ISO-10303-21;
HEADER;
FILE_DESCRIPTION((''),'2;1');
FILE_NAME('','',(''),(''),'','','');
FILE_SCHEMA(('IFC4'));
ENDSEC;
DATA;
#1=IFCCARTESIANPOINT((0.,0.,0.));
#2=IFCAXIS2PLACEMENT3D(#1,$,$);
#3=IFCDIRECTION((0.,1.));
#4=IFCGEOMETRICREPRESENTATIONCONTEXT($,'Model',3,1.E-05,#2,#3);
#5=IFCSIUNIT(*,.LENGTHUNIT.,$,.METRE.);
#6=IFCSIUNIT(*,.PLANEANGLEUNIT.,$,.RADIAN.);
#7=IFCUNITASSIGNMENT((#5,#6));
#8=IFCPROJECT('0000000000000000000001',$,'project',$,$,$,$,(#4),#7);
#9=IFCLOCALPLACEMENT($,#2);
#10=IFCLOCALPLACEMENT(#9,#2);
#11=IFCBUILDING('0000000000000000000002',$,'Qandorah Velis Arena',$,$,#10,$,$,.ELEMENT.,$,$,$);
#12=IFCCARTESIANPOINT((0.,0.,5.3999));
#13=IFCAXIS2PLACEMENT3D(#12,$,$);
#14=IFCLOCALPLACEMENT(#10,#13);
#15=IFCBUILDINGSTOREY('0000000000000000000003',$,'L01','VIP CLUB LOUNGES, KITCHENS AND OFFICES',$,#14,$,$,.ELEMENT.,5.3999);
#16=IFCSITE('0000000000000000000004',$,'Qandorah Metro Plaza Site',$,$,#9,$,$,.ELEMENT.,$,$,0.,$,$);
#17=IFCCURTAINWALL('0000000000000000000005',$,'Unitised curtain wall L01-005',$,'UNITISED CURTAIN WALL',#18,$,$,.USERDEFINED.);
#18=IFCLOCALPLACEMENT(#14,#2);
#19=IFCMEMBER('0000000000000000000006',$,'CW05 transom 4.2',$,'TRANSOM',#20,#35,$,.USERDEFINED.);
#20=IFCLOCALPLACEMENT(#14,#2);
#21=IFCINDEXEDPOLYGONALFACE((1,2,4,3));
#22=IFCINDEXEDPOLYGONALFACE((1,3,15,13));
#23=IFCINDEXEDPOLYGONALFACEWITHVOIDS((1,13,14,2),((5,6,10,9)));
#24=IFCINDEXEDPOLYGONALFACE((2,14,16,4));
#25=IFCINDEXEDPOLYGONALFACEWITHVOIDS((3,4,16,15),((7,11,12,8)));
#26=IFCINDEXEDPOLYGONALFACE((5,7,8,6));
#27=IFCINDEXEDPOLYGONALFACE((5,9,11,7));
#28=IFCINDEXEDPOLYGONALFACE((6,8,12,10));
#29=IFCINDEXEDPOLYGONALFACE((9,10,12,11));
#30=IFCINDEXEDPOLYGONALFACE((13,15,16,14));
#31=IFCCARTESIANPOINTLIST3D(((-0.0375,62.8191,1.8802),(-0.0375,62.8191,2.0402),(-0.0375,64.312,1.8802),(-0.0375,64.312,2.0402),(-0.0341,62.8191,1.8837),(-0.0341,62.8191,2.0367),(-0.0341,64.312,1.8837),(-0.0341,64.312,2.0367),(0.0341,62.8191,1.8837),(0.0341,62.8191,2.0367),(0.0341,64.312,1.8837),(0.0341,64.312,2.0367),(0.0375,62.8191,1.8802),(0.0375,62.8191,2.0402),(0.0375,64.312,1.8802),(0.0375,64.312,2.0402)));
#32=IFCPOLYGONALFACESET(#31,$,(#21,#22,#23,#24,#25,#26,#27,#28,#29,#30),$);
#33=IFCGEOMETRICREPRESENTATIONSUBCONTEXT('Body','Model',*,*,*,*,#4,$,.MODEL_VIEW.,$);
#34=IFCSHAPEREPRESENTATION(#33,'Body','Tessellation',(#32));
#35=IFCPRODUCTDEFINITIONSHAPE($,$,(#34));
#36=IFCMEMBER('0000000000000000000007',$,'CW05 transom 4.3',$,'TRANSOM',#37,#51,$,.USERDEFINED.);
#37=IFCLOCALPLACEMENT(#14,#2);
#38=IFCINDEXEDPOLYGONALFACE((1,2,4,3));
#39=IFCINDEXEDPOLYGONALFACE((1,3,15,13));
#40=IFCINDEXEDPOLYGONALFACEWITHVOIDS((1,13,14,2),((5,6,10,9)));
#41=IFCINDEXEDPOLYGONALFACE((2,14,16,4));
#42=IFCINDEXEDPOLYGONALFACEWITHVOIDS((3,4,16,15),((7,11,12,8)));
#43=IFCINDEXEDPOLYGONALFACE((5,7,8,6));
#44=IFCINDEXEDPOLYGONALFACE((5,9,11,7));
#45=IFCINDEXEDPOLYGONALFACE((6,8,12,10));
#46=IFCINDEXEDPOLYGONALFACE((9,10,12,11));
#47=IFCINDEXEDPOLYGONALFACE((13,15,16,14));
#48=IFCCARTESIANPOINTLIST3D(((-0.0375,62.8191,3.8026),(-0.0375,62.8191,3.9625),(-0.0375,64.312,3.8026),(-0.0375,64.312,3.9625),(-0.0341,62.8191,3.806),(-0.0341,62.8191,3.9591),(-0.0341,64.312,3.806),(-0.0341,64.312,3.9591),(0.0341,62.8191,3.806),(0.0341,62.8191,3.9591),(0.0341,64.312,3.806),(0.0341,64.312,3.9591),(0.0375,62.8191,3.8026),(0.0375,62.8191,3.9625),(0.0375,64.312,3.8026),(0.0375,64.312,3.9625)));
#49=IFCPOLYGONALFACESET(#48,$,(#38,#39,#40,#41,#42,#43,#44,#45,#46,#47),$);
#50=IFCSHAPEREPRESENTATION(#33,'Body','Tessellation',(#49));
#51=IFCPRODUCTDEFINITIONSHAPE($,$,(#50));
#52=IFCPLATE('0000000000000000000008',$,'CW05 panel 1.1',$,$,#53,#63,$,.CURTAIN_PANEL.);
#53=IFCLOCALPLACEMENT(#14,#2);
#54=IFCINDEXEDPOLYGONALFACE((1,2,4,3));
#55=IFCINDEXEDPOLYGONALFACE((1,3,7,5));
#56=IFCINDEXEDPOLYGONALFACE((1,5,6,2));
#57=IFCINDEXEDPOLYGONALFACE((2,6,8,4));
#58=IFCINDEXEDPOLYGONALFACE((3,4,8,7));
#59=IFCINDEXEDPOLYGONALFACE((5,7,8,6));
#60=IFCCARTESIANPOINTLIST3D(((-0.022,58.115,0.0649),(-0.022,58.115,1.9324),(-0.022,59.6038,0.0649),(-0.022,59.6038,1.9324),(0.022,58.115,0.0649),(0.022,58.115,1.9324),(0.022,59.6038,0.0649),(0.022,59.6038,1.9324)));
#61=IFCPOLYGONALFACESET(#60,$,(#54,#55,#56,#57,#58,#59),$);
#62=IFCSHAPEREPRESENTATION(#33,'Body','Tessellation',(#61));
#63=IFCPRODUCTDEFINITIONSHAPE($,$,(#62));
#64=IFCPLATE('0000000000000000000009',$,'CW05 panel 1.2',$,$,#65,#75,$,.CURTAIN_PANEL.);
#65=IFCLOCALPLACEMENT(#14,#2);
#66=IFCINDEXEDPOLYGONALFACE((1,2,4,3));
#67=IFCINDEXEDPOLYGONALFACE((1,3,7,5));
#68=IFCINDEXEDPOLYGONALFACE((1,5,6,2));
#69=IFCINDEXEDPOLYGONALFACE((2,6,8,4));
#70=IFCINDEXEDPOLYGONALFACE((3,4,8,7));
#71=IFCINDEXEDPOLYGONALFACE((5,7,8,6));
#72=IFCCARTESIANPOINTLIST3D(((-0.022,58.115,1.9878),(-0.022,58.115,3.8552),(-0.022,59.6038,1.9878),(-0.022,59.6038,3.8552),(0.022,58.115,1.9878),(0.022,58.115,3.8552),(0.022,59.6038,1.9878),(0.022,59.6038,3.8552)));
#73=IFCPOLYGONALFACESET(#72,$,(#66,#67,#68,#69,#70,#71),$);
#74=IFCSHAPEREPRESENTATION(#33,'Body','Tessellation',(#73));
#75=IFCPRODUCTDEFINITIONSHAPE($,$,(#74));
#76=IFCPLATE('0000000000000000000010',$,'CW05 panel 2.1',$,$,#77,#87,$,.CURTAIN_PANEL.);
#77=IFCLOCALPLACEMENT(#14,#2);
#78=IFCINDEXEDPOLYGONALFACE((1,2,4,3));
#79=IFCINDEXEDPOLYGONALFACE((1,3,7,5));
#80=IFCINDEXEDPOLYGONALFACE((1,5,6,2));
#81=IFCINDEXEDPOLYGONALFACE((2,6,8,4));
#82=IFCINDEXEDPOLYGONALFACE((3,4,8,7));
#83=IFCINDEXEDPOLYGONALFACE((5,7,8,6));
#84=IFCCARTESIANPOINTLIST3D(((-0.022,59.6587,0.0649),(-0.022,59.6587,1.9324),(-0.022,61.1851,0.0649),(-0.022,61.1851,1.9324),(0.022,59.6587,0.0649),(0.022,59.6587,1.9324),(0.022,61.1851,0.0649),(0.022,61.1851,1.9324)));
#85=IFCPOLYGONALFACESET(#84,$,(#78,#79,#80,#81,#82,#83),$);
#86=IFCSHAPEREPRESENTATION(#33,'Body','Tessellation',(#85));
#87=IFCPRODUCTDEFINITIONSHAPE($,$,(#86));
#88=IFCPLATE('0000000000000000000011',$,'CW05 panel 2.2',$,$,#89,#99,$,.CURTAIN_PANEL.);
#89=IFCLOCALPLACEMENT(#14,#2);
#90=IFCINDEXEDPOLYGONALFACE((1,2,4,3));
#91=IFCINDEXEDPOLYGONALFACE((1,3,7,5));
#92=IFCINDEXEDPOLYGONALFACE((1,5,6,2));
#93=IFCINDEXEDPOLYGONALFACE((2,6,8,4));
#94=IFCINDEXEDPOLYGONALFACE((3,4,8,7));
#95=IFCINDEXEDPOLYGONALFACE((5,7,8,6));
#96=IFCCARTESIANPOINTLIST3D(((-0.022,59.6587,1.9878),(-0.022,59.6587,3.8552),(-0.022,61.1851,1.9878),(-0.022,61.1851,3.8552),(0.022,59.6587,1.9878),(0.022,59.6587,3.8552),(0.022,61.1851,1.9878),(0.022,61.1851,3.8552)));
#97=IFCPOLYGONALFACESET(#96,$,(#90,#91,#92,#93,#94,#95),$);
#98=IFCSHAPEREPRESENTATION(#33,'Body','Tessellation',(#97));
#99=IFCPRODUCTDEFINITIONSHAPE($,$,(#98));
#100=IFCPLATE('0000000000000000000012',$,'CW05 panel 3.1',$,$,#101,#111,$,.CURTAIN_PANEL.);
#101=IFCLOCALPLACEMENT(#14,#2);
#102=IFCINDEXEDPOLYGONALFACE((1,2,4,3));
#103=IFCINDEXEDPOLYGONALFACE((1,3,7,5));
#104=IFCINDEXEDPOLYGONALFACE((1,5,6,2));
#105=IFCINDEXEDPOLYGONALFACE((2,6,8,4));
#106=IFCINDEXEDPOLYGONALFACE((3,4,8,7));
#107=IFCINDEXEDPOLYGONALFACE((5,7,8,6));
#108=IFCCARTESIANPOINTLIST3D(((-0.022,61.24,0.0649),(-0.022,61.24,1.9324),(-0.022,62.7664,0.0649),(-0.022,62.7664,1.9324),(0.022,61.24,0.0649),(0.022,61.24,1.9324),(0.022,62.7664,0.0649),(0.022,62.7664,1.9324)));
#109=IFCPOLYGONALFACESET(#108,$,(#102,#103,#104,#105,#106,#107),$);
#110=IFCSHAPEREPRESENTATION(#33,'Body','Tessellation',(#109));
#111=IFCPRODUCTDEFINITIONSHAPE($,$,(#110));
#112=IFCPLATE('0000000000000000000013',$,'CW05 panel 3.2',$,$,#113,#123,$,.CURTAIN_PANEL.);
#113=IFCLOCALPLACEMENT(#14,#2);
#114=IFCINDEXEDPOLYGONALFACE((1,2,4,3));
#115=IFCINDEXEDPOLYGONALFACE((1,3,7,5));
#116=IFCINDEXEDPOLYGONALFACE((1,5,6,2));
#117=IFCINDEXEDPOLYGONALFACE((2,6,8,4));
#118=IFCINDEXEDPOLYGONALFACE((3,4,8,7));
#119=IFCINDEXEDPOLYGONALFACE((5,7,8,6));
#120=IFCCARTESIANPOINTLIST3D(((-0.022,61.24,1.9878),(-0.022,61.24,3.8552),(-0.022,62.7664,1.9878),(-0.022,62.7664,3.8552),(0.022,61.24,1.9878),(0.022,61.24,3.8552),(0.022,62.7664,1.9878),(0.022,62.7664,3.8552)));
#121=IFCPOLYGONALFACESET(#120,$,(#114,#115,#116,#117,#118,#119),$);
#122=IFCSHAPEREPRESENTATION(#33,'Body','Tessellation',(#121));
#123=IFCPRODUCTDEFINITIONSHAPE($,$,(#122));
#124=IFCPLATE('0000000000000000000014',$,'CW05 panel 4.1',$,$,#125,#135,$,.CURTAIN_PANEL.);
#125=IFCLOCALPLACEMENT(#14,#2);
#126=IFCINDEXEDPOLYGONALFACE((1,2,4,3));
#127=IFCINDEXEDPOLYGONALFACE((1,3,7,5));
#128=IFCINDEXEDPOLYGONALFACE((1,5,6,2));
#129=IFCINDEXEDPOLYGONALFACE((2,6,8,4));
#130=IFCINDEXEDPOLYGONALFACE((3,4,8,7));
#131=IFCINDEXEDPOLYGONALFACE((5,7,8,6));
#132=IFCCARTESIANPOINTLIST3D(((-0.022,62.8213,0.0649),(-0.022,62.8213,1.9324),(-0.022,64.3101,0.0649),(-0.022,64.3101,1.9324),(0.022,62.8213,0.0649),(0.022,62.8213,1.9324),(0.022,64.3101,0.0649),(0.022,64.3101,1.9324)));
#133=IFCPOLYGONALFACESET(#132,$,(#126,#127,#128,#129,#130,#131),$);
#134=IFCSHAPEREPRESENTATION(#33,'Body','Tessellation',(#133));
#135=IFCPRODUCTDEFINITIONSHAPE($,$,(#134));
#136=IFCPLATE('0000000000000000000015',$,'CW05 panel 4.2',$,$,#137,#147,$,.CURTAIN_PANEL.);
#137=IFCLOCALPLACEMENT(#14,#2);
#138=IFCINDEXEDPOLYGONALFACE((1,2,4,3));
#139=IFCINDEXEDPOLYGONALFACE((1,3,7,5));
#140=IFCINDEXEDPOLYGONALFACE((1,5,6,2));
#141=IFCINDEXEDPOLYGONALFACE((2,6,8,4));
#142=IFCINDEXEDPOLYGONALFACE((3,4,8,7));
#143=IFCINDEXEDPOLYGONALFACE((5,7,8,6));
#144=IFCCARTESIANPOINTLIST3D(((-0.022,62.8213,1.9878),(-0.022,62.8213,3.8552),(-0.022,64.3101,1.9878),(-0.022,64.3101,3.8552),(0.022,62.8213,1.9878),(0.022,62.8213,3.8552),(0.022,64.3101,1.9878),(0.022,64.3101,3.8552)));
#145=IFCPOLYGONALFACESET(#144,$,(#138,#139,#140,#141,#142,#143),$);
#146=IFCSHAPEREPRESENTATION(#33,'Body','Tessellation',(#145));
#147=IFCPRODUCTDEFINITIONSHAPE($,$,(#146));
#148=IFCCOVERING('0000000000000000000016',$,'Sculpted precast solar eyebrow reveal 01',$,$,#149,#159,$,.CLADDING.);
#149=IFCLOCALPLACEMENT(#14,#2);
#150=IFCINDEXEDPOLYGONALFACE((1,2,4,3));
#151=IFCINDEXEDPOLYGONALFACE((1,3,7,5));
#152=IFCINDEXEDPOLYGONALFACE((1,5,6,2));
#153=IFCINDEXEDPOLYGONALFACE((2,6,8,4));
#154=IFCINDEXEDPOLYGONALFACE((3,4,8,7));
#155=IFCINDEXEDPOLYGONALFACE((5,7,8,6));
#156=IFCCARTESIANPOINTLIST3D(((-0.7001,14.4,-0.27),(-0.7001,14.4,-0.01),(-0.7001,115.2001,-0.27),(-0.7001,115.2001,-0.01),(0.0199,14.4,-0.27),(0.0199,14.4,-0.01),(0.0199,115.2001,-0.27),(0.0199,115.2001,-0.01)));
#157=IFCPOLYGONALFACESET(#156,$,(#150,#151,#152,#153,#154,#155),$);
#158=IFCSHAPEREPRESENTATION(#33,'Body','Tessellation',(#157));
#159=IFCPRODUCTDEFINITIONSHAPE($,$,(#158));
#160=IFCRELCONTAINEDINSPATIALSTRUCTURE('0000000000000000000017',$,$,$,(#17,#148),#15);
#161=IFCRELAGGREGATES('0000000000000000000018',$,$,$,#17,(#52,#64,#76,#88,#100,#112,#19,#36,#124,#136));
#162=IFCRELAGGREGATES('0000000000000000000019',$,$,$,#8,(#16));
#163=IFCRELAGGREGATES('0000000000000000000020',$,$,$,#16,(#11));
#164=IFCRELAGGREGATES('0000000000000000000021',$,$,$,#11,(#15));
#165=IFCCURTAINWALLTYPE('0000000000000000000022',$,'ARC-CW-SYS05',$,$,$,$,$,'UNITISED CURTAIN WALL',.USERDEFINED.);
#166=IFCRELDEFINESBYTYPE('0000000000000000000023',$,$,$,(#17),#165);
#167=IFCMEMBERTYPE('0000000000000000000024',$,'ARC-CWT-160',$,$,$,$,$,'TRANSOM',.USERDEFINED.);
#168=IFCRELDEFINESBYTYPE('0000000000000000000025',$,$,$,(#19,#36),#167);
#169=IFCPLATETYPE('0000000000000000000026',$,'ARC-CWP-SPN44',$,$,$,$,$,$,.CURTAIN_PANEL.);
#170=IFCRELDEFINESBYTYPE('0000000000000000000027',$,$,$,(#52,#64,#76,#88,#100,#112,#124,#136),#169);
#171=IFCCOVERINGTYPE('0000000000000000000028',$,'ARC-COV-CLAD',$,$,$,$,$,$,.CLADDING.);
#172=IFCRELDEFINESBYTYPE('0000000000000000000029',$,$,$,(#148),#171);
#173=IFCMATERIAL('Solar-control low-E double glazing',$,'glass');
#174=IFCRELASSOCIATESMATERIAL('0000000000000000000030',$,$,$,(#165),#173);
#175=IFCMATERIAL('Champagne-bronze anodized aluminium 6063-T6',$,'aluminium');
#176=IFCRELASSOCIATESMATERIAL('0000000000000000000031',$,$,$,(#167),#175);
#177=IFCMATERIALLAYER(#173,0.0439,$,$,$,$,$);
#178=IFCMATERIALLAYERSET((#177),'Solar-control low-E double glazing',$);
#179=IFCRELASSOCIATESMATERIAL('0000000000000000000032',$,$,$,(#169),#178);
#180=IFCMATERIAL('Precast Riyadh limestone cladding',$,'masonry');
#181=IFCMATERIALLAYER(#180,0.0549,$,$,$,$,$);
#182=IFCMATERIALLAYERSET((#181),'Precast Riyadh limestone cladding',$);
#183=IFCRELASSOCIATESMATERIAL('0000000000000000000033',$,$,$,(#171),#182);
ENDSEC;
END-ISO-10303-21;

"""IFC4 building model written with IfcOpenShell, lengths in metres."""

from ifc_helpers import new_model, si_unit, direction, frame, origin, origin_2d, place, context, subcontext, project, spatial, rectangle, hollow_rectangle, extrude, material, layer, layer_set, material_profile, profile_set, type_object, element, aggregate, save


model = new_model("IFC4")

# Units and contexts
model_context = context("Model", 3, precision=1e-05, world=origin(), true_north=direction((0.0, 1.0)))
body_context = subcontext(model_context, "Body", "Model", "MODEL_VIEW")
ifc_project = project(units=[si_unit("LENGTHUNIT", "METRE"), si_unit("PLANEANGLEUNIT", "RADIAN")], contexts=[model_context])

# Site, building, storey
site_placement = place(None, origin())
site = spatial("IfcSite", under=ifc_project, at=site_placement, Name="Qandorah Metro Plaza Site", CompositionType="ELEMENT", RefElevation=0.0)
building_placement = place(site_placement, origin())
building = spatial("IfcBuilding", under=site, at=building_placement, Name="Qandorah Velis Arena", CompositionType="ELEMENT")
storey_placement = place(building_placement, frame((0.0, 0.0, 5.3999)))
storey = spatial("IfcBuildingStorey", under=building, at=storey_placement, Name="L01", Description="VIP CLUB LOUNGES, KITCHENS AND OFFICES", CompositionType="ELEMENT", Elevation=5.3999)

# Curtain wall, members, plates
ifc_material_1 = material(Name="Solar-control low-E double glazing", Category="glass")
curtain_wall_type = type_object("IfcCurtainWallType", Name="ARC-CW-SYS05", ElementType="UNITISED CURTAIN WALL", PredefinedType="USERDEFINED", material=ifc_material_1)
curtain_wall_placement = place(storey_placement, origin())
curtain_wall = element("IfcCurtainWall", 1, at=curtain_wall_placement, inside=storey, type_object=curtain_wall_type, Name="Unitised curtain wall L01-005", ObjectType="UNITISED CURTAIN WALL", PredefinedType="USERDEFINED")
ifc_material_2 = material(Name="Champagne-bronze anodized aluminium 6063-T6", Category="aluminium")
ifc_material_profile_1 = material_profile(ifc_material_2, hollow_rectangle(XDim=0.075, YDim=0.1599, WallThickness=0.0034, at=origin_2d()), Name="ALU TRANSOM 75x160")
ifc_profile_set_1 = profile_set([ifc_material_profile_1], Name="Champagne-bronze anodized aluminium 6063-T6")
member_type_1 = type_object("IfcMemberType", Name="ARC-CWT-160", ElementType="TRANSOM", PredefinedType="USERDEFINED", material=ifc_profile_set_1)
member_1_placement = place(storey_placement, frame((0.0, 62.8191, 1.9602), z_axis=(0.0, 1.0, 0.0), x_axis=(-1.0, 0.0, 0.0)))
member_1 = element("IfcMember", 2, at=member_1_placement, type_object=member_type_1, Name="CW05 transom 4.2", ObjectType="TRANSOM", PredefinedType="USERDEFINED", context=body_context, shape_type="SweptSolid", body=[
    extrude(hollow_rectangle(XDim=0.075, YDim=0.1599, WallThickness=0.0034, at=origin_2d()), origin(), (0.0, 0.0, 1.0), 1.4929),
])
member_2_placement = place(storey_placement, frame((0.0, 62.8191, 3.8826), z_axis=(0.0, 1.0, 0.0), x_axis=(-1.0, 0.0, 0.0)))
member_2 = element("IfcMember", 3, at=member_2_placement, type_object=member_type_1, Name="CW05 transom 4.3", ObjectType="TRANSOM", PredefinedType="USERDEFINED", context=body_context, shape_type="SweptSolid", body=[
    extrude(hollow_rectangle(XDim=0.075, YDim=0.1599, WallThickness=0.0034, at=origin_2d()), origin(), (0.0, 0.0, 1.0), 1.4929),
])
ifc_layer_1 = layer(ifc_material_1, 0.0439)
ifc_layer_set_1 = layer_set([ifc_layer_1], Name="Solar-control low-E double glazing")
plate_type = type_object("IfcPlateType", Name="ARC-CWP-SPN44", PredefinedType="CURTAIN_PANEL", material=ifc_layer_set_1)
plate_1_placement = place(storey_placement, frame((0.0, 58.8594, 0.0649), z_axis=(0.0, 0.0, 1.0), x_axis=(0.0, 1.0, 0.0)))
plate_1 = element("IfcPlate", 4, at=plate_1_placement, type_object=plate_type, Name="CW05 panel 1.1", PredefinedType="CURTAIN_PANEL", context=body_context, shape_type="SweptSolid", body=[
    extrude(rectangle(XDim=1.4888, YDim=0.0439, at=origin_2d()), origin(), (0.0, 0.0, 1.0), 1.8674),
])
plate_2_placement = place(storey_placement, frame((0.0, 58.8594, 1.9878), z_axis=(0.0, 0.0, 1.0), x_axis=(0.0, 1.0, 0.0)))
plate_2 = element("IfcPlate", 5, at=plate_2_placement, type_object=plate_type, Name="CW05 panel 1.2", PredefinedType="CURTAIN_PANEL", context=body_context, shape_type="SweptSolid", body=[
    extrude(rectangle(XDim=1.4888, YDim=0.0439, at=origin_2d()), origin(), (0.0, 0.0, 1.0), 1.8674),
])
plate_3_placement = place(storey_placement, frame((0.0, 60.4219, 0.0649), z_axis=(0.0, 0.0, 1.0), x_axis=(0.0, 1.0, 0.0)))
plate_3 = element("IfcPlate", 6, at=plate_3_placement, type_object=plate_type, Name="CW05 panel 2.1", PredefinedType="CURTAIN_PANEL", context=body_context, shape_type="SweptSolid", body=[
    extrude(rectangle(XDim=1.5264, YDim=0.0439, at=origin_2d()), origin(), (0.0, 0.0, 1.0), 1.8674),
])
plate_4_placement = place(storey_placement, frame((0.0, 60.4219, 1.9878), z_axis=(0.0, 0.0, 1.0), x_axis=(0.0, 1.0, 0.0)))
plate_4 = element("IfcPlate", 7, at=plate_4_placement, type_object=plate_type, Name="CW05 panel 2.2", PredefinedType="CURTAIN_PANEL", context=body_context, shape_type="SweptSolid", body=[
    extrude(rectangle(XDim=1.5264, YDim=0.0439, at=origin_2d()), origin(), (0.0, 0.0, 1.0), 1.8674),
])
plate_5_placement = place(storey_placement, frame((0.0, 62.0032, 0.0649), z_axis=(0.0, 0.0, 1.0), x_axis=(0.0, 1.0, 0.0)))
plate_5 = element("IfcPlate", 8, at=plate_5_placement, type_object=plate_type, Name="CW05 panel 3.1", PredefinedType="CURTAIN_PANEL", context=body_context, shape_type="SweptSolid", body=[
    extrude(rectangle(XDim=1.5264, YDim=0.0439, at=origin_2d()), origin(), (0.0, 0.0, 1.0), 1.8674),
])
plate_6_placement = place(storey_placement, frame((0.0, 62.0032, 1.9878), z_axis=(0.0, 0.0, 1.0), x_axis=(0.0, 1.0, 0.0)))
plate_6 = element("IfcPlate", 9, at=plate_6_placement, type_object=plate_type, Name="CW05 panel 3.2", PredefinedType="CURTAIN_PANEL", context=body_context, shape_type="SweptSolid", body=[
    extrude(rectangle(XDim=1.5264, YDim=0.0439, at=origin_2d()), origin(), (0.0, 0.0, 1.0), 1.8674),
])
plate_7_placement = place(storey_placement, frame((0.0, 63.5657, 0.0649), z_axis=(0.0, 0.0, 1.0), x_axis=(0.0, 1.0, 0.0)))
plate_7 = element("IfcPlate", 10, at=plate_7_placement, type_object=plate_type, Name="CW05 panel 4.1", PredefinedType="CURTAIN_PANEL", context=body_context, shape_type="SweptSolid", body=[
    extrude(rectangle(XDim=1.4888, YDim=0.0439, at=origin_2d()), origin(), (0.0, 0.0, 1.0), 1.8674),
])
plate_8_placement = place(storey_placement, frame((0.0, 63.5657, 1.9878), z_axis=(0.0, 0.0, 1.0), x_axis=(0.0, 1.0, 0.0)))
plate_8 = element("IfcPlate", 11, at=plate_8_placement, type_object=plate_type, Name="CW05 panel 4.2", PredefinedType="CURTAIN_PANEL", context=body_context, shape_type="SweptSolid", body=[
    extrude(rectangle(XDim=1.4888, YDim=0.0439, at=origin_2d()), origin(), (0.0, 0.0, 1.0), 1.8674),
])
aggregate(curtain_wall, [plate_1, plate_2, plate_3, plate_4, plate_5, plate_6, member_1, member_2, plate_7, plate_8])

# Covering
ifc_material_3 = material(Name="Precast Riyadh limestone cladding", Category="masonry")
ifc_layer_2 = layer(ifc_material_3, 0.0549)
ifc_layer_set_2 = layer_set([ifc_layer_2], Name="Precast Riyadh limestone cladding")
covering_type = type_object("IfcCoveringType", Name="ARC-COV-CLAD", PredefinedType="CLADDING", material=ifc_layer_set_2)
covering_placement = place(storey_placement, frame((-0.3401, 64.8, -0.27), z_axis=(0.0, 0.0, 1.0), x_axis=(1.0, 0.0, 0.0)))
element("IfcCovering", 12, at=covering_placement, inside=storey, type_object=covering_type, Name="Sculpted precast solar eyebrow reveal 01", PredefinedType="CLADDING", context=body_context, shape_type="SweptSolid", body=[
    extrude(rectangle(XDim=0.72, YDim=100.8, at=origin_2d()), origin(), (0.0, 0.0, 1.0), 0.26),
])

save(model, "model.ifc")
